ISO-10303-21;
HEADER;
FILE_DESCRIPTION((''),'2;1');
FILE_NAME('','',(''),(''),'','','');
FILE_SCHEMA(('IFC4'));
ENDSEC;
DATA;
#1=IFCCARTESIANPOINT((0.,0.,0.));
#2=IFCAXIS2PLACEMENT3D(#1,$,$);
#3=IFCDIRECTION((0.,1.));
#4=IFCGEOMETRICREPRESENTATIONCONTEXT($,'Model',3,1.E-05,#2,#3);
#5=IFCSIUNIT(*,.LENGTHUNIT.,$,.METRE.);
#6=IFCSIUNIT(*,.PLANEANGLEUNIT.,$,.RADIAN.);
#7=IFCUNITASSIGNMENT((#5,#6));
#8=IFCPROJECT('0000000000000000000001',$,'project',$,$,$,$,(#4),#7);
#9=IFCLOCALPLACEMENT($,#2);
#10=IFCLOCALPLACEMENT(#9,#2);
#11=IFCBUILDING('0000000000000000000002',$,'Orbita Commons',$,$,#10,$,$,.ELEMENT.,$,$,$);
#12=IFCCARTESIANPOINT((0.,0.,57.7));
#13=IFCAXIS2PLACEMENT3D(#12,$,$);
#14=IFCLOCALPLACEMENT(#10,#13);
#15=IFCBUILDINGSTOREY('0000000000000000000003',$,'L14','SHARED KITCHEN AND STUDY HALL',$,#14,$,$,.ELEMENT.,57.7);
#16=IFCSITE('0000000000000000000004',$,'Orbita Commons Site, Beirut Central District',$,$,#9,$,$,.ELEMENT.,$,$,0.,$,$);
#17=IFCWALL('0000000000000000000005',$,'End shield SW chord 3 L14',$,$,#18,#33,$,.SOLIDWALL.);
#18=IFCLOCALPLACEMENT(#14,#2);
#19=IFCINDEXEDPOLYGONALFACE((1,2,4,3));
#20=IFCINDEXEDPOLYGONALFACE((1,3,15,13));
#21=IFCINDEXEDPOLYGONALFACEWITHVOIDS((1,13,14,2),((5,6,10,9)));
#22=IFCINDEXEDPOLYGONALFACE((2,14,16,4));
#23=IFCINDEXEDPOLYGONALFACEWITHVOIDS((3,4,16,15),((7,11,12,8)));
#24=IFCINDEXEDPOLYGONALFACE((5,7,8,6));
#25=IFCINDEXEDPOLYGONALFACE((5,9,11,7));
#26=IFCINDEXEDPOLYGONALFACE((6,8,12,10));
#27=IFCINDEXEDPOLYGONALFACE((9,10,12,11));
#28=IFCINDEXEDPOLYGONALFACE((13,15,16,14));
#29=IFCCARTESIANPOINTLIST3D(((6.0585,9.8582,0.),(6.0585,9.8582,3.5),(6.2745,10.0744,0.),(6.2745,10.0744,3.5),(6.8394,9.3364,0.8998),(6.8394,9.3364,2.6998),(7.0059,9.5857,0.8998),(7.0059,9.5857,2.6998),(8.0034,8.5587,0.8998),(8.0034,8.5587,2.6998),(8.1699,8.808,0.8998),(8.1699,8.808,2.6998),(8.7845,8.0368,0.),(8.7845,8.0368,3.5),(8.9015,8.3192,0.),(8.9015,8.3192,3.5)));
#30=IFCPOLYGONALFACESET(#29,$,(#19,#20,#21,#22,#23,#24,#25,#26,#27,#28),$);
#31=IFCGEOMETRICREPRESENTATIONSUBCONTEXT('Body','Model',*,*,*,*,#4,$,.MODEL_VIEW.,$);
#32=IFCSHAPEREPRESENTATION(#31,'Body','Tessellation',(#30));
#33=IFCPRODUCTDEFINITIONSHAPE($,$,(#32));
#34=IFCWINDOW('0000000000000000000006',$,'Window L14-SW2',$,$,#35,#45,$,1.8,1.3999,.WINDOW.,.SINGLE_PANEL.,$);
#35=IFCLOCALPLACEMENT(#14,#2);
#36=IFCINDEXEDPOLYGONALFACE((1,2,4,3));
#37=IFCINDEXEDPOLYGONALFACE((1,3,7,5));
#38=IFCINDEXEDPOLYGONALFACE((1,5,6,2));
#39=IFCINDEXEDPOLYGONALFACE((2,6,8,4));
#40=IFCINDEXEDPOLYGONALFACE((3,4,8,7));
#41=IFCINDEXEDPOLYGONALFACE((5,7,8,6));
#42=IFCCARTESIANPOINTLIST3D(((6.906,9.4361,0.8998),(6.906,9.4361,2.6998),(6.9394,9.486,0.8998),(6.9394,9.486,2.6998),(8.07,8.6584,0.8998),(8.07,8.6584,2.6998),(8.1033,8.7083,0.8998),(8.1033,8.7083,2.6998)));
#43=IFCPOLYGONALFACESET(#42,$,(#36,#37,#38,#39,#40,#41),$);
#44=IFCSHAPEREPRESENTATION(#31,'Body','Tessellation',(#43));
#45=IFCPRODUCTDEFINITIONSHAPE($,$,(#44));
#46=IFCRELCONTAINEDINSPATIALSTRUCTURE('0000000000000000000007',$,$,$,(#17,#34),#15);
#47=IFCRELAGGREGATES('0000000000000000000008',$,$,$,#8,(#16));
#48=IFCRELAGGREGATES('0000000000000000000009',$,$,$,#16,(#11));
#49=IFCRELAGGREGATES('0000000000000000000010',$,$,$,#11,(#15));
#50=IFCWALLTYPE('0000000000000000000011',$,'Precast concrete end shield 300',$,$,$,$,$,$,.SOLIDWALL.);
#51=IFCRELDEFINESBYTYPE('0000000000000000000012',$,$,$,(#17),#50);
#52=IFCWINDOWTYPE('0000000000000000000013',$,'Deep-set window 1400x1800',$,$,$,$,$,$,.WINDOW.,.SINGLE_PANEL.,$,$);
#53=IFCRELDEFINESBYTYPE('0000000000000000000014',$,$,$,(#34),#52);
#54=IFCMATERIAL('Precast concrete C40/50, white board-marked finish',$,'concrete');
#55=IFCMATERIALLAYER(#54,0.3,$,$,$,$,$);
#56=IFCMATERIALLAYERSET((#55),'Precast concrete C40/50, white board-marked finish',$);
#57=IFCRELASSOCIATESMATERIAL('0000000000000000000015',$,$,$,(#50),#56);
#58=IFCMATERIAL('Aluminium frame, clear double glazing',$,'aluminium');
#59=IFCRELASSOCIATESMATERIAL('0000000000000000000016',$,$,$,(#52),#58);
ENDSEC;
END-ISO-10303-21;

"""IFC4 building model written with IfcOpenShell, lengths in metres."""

from ifc_helpers import new_model, si_unit, direction, frame, frame_2d, origin, place, context, subcontext, project, spatial, polyline, rectangle, outline, extrude, material, layer, layer_set, type_object, element, fill, save


model = new_model("IFC4")

# Units and contexts
model_context = context("Model", 3, precision=1e-05, world=origin(), true_north=direction((0.0, 1.0)))
body_context = subcontext(model_context, "Body", "Model", "MODEL_VIEW")
ifc_project = project(units=[si_unit("LENGTHUNIT", "METRE"), si_unit("PLANEANGLEUNIT", "RADIAN")], contexts=[model_context])

# Site, building, storey
site_placement = place(None, origin())
site = spatial("IfcSite", under=ifc_project, at=site_placement, Name="Orbita Commons Site, Beirut Central District", CompositionType="ELEMENT", RefElevation=0.0)
building_placement = place(site_placement, origin())
building = spatial("IfcBuilding", under=site, at=building_placement, Name="Orbita Commons", CompositionType="ELEMENT")
storey_placement = place(building_placement, frame((0.0, 0.0, 57.7)))
storey = spatial("IfcBuildingStorey", under=building, at=storey_placement, Name="L14", Description="SHARED KITCHEN AND STUDY HALL", CompositionType="ELEMENT", Elevation=57.7)

# Wall, opening, window
ifc_material_1 = material(Name="Precast concrete C40/50, white board-marked finish", Category="concrete")
ifc_layer_1 = layer(ifc_material_1, 0.3)
ifc_layer_set_1 = layer_set([ifc_layer_1], Name="Precast concrete C40/50, white board-marked finish")
wall_type_1 = type_object("IfcWallType", Name="Precast concrete end shield 300", PredefinedType="SOLIDWALL", material=ifc_layer_set_1)
ifc_material_2 = material(Name="Aluminium frame, clear double glazing", Category="aluminium")
window_type = type_object("IfcWindowType", Name="Deep-set window 1400x1800", PartitioningType="SINGLE_PANEL", PredefinedType="WINDOW", material=ifc_material_2)
wall_1_placement = place(storey_placement, frame((6.1665, 9.9663, 0.0), z_axis=(0.0, 0.0, 1.0), x_axis=(0.831478, -0.555558, 0.0)))
wall_1 = element("IfcWall", 1, at=wall_1_placement, inside=storey, type_object=wall_type_1, Name="End shield SW chord 3 L14", PredefinedType="SOLIDWALL", context=body_context, shape_type="SweptSolid", body=[
    extrude(outline(polyline([(-0.0298, -0.1499), (3.2488, -0.1499), (3.1892, 0.1499), (0.0298, 0.1499), (-0.0298, -0.1499)])), origin(), (0.0, 0.0, 1.0), 3.5),
])
opening_1_placement = place(wall_1_placement, frame((0.9094, 0.0, 0.8999)))
opening_1 = element("IfcOpeningElement", 2, at=opening_1_placement, cuts=wall_1, PredefinedType="OPENING", context=body_context, shape_type="SweptSolid", body=[
    extrude(rectangle(XDim=1.3999, YDim=1.8, at=frame_2d((0.7, 0.8999))), frame((0.0, 0.1599, 0.0), z_axis=(0.0, -1.0, 0.0), x_axis=(1.0, 0.0, 0.0)), (0.0, 0.0, 1.0), 0.3201),
])
window_1_placement = place(opening_1_placement, origin())
window_1 = element("IfcWindow", 3, at=window_1_placement, inside=storey, type_object=window_type, Name="Window L14-SW2", OverallHeight=1.8, OverallWidth=1.3999, PartitioningType="SINGLE_PANEL", PredefinedType="WINDOW", context=body_context, shape_type="SweptSolid", body=[
    extrude(rectangle(XDim=1.3999, YDim=1.8, at=frame_2d((0.7, 0.8999))), frame((0.0, 0.03, 0.0), z_axis=(0.0, -1.0, 0.0), x_axis=(1.0, 0.0, 0.0)), (0.0, 0.0, 1.0), 0.0601),
])
fill(opening_1, window_1)

save(model, "model.ifc")
